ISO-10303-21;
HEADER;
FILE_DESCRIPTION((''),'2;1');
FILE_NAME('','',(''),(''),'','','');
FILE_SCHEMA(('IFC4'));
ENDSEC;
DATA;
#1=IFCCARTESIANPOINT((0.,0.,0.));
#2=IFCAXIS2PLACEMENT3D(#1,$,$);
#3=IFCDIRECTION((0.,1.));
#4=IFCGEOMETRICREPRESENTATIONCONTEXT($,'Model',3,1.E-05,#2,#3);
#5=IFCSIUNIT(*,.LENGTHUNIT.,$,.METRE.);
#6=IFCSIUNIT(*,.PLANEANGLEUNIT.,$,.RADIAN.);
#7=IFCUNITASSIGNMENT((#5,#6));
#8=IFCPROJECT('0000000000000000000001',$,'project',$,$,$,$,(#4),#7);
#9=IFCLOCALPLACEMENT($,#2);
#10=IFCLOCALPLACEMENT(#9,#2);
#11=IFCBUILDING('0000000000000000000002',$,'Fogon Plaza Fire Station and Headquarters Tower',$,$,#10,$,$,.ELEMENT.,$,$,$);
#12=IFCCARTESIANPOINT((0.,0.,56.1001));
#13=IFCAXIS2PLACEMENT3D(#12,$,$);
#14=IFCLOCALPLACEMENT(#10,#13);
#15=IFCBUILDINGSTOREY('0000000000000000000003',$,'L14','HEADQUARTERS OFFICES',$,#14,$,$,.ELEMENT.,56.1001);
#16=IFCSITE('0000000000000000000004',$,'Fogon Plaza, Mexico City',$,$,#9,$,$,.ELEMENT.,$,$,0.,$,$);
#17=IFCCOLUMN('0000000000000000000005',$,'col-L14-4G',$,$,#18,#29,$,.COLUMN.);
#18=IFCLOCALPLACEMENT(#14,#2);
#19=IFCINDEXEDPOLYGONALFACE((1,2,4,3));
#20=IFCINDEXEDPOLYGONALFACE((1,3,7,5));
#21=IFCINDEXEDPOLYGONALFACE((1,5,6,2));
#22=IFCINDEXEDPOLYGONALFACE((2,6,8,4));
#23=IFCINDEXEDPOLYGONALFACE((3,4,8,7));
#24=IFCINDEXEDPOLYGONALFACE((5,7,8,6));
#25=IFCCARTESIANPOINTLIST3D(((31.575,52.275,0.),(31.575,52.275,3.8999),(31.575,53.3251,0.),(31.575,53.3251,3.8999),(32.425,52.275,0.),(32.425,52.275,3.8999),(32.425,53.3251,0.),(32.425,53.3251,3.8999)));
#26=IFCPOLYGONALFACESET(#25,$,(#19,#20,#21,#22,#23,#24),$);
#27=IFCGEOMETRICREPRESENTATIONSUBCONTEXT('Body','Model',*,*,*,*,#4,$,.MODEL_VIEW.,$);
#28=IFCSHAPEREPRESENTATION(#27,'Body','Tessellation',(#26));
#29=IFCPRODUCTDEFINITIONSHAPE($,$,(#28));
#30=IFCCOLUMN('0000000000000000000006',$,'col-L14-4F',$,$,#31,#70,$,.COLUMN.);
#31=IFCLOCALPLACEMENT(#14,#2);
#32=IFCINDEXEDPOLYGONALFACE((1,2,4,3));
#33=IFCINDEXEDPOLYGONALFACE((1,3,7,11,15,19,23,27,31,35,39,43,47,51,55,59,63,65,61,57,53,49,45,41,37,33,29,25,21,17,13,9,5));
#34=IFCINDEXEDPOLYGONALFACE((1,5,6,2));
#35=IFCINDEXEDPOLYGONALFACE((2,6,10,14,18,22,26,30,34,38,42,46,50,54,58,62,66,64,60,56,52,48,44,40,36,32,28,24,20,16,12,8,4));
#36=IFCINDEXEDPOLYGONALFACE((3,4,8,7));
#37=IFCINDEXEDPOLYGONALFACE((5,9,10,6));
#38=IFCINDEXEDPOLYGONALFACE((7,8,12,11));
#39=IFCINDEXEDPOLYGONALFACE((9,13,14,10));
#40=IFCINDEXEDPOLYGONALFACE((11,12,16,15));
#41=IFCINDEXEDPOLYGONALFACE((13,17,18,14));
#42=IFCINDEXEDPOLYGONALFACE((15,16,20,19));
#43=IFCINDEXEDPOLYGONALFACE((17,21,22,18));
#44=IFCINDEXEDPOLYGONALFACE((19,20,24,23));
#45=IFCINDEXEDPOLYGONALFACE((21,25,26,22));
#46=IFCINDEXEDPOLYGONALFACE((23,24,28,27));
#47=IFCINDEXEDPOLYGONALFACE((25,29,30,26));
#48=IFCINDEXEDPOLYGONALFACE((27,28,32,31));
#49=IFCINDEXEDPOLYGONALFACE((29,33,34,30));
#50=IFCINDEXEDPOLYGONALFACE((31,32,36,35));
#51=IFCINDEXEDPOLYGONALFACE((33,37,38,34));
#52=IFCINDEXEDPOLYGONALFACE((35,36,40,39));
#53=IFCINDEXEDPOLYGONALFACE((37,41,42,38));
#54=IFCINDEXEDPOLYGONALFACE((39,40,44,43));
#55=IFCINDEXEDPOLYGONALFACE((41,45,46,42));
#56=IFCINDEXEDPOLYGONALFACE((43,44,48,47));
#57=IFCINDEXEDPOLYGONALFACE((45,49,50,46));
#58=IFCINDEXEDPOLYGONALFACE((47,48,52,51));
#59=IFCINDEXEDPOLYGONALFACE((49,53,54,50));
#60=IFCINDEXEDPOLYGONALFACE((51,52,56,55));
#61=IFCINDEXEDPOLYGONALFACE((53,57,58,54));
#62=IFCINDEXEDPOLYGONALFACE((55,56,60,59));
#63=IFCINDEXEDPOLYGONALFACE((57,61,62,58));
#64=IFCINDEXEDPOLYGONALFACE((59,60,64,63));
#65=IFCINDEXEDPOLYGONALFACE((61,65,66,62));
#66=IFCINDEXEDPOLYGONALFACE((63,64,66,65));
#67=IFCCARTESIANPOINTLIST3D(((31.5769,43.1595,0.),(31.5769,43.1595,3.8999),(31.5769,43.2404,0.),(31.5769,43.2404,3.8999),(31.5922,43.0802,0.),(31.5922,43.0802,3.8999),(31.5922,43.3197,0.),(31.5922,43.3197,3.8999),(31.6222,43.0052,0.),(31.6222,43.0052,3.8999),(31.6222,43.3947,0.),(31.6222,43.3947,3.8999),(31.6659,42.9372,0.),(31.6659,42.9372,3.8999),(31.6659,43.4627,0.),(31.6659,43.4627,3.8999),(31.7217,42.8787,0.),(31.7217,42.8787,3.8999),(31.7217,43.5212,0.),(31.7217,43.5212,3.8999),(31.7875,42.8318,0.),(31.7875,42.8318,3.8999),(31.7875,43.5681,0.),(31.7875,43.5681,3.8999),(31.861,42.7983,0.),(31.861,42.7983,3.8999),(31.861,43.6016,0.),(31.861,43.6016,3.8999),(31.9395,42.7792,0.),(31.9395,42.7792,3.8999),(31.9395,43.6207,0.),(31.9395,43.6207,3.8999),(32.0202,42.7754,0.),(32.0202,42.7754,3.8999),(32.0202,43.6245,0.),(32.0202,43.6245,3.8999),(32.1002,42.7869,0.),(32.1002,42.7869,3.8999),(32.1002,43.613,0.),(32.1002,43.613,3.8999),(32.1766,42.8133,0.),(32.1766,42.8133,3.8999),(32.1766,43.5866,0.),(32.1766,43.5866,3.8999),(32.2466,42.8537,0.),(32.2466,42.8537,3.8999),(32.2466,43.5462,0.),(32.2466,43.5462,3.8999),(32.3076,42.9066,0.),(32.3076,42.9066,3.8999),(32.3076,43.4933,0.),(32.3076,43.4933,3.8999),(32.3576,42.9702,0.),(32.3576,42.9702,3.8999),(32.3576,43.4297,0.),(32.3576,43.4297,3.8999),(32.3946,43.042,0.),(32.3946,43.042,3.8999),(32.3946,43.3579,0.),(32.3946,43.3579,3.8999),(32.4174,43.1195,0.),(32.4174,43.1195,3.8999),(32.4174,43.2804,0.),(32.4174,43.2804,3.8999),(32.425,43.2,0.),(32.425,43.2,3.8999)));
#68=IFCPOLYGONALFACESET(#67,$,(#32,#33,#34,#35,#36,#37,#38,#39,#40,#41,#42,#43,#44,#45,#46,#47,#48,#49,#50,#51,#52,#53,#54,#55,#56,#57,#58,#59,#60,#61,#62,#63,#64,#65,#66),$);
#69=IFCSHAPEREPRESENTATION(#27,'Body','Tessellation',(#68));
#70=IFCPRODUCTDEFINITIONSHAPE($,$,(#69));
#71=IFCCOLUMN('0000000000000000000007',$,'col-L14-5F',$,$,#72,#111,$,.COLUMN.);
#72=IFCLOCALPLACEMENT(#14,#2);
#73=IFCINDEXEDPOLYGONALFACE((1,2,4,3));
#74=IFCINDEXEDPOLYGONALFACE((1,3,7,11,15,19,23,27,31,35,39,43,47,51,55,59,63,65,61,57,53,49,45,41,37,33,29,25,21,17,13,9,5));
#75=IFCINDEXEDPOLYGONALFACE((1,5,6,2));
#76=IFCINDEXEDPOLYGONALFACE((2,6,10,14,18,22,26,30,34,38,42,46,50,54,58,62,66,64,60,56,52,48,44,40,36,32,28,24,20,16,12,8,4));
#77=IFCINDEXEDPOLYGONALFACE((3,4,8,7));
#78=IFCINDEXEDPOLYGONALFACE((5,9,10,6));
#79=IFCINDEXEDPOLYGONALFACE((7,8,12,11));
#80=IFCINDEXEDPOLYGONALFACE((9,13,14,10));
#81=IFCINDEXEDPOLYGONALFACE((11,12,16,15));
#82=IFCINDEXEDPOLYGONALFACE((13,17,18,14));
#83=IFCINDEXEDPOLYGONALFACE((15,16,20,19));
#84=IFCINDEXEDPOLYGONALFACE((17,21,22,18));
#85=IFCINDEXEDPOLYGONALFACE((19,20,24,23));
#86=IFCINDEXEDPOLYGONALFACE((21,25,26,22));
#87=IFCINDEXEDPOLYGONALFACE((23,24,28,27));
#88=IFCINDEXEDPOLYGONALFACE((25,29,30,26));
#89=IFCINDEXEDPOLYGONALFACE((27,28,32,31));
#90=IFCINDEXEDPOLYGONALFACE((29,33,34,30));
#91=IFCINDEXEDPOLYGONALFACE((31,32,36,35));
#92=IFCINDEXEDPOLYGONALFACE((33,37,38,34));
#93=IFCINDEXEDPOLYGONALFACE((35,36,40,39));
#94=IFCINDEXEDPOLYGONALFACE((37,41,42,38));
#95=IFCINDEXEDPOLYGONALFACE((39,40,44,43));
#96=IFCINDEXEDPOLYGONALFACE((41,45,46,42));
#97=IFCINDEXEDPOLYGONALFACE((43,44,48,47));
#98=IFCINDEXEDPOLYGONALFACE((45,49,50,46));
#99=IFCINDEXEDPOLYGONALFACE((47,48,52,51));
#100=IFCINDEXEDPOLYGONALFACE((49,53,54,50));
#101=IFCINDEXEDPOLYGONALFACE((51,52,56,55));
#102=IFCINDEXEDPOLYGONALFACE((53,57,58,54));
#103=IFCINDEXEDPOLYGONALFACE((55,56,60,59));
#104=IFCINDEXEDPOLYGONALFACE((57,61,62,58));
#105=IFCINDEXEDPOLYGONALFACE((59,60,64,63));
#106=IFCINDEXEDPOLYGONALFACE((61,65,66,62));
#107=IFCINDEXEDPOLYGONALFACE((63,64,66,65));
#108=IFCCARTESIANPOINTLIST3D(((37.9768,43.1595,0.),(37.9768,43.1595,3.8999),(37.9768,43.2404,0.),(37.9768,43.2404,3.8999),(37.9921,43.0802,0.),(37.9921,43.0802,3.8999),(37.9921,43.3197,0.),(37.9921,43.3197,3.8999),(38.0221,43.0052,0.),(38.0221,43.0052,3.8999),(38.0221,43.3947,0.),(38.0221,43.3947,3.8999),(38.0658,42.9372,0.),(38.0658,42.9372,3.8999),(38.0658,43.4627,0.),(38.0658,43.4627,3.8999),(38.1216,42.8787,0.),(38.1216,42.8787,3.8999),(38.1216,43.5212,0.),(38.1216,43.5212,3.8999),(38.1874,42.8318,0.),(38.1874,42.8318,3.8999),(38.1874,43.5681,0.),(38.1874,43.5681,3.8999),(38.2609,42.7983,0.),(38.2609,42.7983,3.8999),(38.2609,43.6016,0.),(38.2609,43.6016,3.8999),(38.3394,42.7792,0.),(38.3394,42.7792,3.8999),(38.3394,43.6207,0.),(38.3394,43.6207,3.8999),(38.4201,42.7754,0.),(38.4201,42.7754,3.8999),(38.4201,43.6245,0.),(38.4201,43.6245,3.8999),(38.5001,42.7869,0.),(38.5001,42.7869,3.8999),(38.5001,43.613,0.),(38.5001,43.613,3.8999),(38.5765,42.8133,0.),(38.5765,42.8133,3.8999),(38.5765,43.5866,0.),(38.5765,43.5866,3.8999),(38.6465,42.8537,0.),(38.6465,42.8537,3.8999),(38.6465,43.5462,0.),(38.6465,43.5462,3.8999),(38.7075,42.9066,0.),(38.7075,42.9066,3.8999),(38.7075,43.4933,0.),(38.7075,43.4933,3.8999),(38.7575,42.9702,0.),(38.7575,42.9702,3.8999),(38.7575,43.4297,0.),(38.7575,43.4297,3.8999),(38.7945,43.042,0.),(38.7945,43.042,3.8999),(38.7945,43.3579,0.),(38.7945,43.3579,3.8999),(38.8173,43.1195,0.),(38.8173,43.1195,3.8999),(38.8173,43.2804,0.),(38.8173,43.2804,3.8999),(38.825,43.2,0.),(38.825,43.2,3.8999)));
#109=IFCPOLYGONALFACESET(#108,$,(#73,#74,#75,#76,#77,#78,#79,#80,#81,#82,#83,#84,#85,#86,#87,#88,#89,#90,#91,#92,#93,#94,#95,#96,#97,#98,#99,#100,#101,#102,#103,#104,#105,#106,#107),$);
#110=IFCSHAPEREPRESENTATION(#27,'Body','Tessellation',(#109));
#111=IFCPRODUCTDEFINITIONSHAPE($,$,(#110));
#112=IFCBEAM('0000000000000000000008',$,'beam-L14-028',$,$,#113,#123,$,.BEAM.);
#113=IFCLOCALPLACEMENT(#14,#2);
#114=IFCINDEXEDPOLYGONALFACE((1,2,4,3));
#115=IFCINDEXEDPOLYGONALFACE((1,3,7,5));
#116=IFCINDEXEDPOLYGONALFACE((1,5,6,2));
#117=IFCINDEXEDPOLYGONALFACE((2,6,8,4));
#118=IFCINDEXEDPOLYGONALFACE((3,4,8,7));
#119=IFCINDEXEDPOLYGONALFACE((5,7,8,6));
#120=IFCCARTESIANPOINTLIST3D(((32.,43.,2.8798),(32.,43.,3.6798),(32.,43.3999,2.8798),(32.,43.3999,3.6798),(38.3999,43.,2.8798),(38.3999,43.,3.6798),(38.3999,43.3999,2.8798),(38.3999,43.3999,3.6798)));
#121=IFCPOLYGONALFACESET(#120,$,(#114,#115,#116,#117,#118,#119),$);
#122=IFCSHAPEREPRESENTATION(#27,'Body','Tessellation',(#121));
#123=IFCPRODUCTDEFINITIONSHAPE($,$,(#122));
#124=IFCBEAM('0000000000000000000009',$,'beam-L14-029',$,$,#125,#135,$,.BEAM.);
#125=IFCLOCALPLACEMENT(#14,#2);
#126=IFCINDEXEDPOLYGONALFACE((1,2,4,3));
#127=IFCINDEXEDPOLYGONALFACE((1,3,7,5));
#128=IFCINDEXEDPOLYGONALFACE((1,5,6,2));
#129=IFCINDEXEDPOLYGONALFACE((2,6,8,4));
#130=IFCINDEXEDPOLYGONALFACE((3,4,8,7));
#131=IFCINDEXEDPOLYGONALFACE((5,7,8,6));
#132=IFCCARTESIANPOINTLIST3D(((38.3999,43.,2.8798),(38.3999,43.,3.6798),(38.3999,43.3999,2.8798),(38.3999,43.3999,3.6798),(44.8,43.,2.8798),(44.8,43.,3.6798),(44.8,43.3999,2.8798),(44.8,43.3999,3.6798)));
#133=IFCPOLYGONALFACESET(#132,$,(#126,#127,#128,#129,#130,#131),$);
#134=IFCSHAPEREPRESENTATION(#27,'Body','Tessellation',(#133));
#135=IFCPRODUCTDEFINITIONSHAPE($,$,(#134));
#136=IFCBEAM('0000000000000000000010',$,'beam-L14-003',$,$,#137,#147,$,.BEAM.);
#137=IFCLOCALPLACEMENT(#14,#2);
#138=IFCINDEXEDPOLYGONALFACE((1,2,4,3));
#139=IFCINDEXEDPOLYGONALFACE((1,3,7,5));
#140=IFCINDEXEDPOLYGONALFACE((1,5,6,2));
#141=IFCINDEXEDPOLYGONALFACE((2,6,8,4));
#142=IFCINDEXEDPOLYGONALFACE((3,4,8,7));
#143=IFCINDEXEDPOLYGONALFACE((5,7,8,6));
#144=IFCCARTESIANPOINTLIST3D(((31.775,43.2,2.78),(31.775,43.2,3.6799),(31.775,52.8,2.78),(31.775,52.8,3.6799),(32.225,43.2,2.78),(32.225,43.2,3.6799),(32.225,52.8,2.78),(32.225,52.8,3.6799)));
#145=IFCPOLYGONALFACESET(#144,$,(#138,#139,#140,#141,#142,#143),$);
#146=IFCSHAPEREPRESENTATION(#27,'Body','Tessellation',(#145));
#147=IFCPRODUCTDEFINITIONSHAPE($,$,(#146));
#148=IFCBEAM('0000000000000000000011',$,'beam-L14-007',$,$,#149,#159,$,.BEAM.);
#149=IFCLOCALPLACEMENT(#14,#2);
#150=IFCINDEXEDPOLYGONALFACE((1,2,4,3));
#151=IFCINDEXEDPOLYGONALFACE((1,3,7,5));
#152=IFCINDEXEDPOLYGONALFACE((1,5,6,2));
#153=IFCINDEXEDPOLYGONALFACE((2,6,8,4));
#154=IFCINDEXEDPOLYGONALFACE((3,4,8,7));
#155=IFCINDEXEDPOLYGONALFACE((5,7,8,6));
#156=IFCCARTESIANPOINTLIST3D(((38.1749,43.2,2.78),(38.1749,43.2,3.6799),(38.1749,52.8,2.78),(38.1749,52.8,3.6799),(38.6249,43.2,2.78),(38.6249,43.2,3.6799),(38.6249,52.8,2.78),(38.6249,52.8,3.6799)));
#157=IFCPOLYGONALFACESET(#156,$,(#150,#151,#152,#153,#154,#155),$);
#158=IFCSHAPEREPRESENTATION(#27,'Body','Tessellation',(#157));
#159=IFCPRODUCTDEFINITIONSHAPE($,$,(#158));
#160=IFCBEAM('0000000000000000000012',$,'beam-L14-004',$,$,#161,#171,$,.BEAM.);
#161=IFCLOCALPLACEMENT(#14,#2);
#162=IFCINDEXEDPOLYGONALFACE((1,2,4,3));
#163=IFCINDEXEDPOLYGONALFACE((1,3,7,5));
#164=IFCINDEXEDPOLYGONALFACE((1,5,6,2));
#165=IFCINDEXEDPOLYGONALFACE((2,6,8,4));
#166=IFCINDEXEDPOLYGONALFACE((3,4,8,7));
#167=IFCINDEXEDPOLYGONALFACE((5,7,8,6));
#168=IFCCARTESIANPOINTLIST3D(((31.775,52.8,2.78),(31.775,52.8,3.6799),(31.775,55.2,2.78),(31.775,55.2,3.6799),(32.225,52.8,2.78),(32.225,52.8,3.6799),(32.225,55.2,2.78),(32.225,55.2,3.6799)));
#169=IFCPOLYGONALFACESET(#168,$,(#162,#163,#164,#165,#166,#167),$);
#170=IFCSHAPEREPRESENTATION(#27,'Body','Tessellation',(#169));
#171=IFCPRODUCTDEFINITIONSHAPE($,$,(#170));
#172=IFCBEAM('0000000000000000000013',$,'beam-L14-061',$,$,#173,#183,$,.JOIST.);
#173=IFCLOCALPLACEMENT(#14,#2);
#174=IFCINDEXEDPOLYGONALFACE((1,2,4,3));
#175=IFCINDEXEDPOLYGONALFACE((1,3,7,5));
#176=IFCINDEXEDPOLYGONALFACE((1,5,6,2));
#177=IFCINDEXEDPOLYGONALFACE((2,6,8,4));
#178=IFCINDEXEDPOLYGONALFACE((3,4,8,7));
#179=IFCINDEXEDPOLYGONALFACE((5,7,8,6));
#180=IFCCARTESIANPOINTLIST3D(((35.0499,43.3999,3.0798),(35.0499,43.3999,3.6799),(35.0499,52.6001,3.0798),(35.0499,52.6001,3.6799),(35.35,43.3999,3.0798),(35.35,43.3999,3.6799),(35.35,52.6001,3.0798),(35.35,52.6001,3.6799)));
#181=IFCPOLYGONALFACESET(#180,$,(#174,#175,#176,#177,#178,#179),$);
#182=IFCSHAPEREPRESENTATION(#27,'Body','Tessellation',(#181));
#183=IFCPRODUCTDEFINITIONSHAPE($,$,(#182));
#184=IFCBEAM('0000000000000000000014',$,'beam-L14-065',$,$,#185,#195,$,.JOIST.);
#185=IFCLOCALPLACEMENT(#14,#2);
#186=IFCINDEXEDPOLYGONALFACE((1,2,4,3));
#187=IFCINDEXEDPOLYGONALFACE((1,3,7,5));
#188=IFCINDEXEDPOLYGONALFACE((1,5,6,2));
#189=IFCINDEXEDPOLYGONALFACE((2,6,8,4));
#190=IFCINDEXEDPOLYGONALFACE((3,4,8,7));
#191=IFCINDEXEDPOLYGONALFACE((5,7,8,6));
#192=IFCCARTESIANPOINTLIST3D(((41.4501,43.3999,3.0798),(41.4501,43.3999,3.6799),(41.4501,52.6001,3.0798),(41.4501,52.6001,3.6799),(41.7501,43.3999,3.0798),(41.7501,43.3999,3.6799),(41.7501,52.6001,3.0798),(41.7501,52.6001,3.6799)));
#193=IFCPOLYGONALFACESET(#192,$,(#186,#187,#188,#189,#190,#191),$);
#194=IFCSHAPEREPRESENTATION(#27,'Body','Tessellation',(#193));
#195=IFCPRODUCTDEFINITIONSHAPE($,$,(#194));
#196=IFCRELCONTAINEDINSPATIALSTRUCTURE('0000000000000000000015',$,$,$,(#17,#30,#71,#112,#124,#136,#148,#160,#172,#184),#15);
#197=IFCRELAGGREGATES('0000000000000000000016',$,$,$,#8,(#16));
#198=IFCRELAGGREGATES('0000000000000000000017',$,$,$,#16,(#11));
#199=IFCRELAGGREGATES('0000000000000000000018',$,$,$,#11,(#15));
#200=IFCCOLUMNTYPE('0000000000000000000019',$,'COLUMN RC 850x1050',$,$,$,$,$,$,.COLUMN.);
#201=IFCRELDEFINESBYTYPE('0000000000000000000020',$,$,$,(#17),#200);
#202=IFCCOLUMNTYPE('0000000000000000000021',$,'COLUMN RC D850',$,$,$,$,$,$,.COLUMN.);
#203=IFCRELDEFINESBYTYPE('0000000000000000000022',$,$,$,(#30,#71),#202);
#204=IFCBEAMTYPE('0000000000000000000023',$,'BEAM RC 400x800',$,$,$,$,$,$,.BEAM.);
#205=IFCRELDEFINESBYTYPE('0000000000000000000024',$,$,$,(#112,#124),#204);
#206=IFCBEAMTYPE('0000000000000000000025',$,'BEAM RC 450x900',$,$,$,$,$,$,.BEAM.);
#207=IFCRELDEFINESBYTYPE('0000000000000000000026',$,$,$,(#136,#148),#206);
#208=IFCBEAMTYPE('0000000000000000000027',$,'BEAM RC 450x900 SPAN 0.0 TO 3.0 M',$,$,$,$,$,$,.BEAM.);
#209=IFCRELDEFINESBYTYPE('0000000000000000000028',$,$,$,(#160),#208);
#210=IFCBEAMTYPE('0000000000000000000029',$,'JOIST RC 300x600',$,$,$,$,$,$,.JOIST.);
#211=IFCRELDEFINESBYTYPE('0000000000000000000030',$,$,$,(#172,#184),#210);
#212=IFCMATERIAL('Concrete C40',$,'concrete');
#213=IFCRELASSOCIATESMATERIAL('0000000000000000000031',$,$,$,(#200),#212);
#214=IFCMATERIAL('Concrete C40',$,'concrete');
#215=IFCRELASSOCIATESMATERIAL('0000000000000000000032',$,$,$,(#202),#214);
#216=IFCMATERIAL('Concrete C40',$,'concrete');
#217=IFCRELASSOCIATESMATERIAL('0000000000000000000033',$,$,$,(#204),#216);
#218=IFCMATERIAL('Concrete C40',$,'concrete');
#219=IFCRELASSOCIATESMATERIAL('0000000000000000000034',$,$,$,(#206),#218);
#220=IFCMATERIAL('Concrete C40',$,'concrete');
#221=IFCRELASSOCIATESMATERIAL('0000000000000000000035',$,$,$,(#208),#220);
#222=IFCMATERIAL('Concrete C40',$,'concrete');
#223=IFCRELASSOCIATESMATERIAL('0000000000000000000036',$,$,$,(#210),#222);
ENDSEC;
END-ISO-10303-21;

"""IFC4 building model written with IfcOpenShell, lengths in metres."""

from ifc_helpers import new_model, si_unit, direction, frame, origin, origin_2d, place, context, subcontext, project, spatial, rectangle, circle, extrude, material, material_profile, profile_set, type_object, element, save


model = new_model("IFC4")

# Units and contexts
model_context = context("Model", 3, precision=1e-05, world=origin(), true_north=direction((0.0, 1.0)))
body_context = subcontext(model_context, "Body", "Model", "MODEL_VIEW")
ifc_project = project(units=[si_unit("LENGTHUNIT", "METRE"), si_unit("PLANEANGLEUNIT", "RADIAN")], contexts=[model_context])

# Site, building, storey
site_placement = place(None, origin())
site = spatial("IfcSite", under=ifc_project, at=site_placement, Name="Fogon Plaza, Mexico City", CompositionType="ELEMENT", RefElevation=0.0)
building_placement = place(site_placement, origin())
building = spatial("IfcBuilding", under=site, at=building_placement, Name="Fogon Plaza Fire Station and Headquarters Tower", CompositionType="ELEMENT")
storey_placement = place(building_placement, frame((0.0, 0.0, 56.1001)))
storey = spatial("IfcBuildingStorey", under=building, at=storey_placement, Name="L14", Description="HEADQUARTERS OFFICES", CompositionType="ELEMENT", Elevation=56.1001)

# Columns
ifc_material_1 = material(Name="Concrete C40", Category="concrete")
ifc_material_profile_1 = material_profile(ifc_material_1, rectangle(XDim=0.8501, YDim=1.05, at=origin_2d()), Name="RC 850x1050")
ifc_profile_set_1 = profile_set([ifc_material_profile_1], Name="Concrete C40")
column_type_1 = type_object("IfcColumnType", Name="COLUMN RC 850x1050", PredefinedType="COLUMN", material=ifc_profile_set_1)
column_placement = place(storey_placement, frame((32.0, 52.8, 0.0), z_axis=(0.0, 0.0, 1.0), x_axis=(1.0, 0.0, 0.0)))
element("IfcColumn", 1, at=column_placement, inside=storey, type_object=column_type_1, Name="col-L14-4G", PredefinedType="COLUMN", context=body_context, shape_type="SweptSolid", body=[
    extrude(rectangle(XDim=0.8501, YDim=1.05, at=origin_2d()), origin(), (0.0, 0.0, 1.0), 3.8999),
])
ifc_material_2 = material(Name="Concrete C40", Category="concrete")
ifc_material_profile_2 = material_profile(ifc_material_2, circle(Radius=0.425, at=origin_2d()), Name="RC D850")
ifc_profile_set_2 = profile_set([ifc_material_profile_2], Name="Concrete C40")
column_type_2 = type_object("IfcColumnType", Name="COLUMN RC D850", PredefinedType="COLUMN", material=ifc_profile_set_2)
for number, where, z_axis, x_axis, name in (
    (2, (32.0, 43.2, 0.0), (0.0, 0.0, 1.0), (1.0, 0.0, 0.0), "col-L14-4F"),
    (3, (38.3999, 43.2, 0.0), (0.0, 0.0, 1.0), (1.0, 0.0, 0.0), "col-L14-5F"),
):
    element("IfcColumn", number, at=place(storey_placement, frame(where, z_axis=z_axis, x_axis=x_axis)), inside=storey, type_object=column_type_2, Name=name, PredefinedType="COLUMN", context=body_context, shape_type="SweptSolid", body=[
        extrude(circle(Radius=0.425, at=origin_2d()), origin(), (0.0, 0.0, 1.0), 3.8999),
    ])

# Beams
ifc_material_3 = material(Name="Concrete C40", Category="concrete")
ifc_material_profile_3 = material_profile(ifc_material_3, rectangle(XDim=0.3999, YDim=0.8, at=origin_2d()), Name="RC 400x800")
ifc_profile_set_3 = profile_set([ifc_material_profile_3], Name="Concrete C40")
beam_type_1 = type_object("IfcBeamType", Name="BEAM RC 400x800", PredefinedType="BEAM", material=ifc_profile_set_3)
beam_1_placement = place(storey_placement, frame((32.0, 43.2, 3.2798), z_axis=(1.0, 0.0, 0.0), x_axis=(0.0, 1.0, 0.0)))
element("IfcBeam", 4, at=beam_1_placement, inside=storey, type_object=beam_type_1, Name="beam-L14-028", PredefinedType="BEAM", context=body_context, shape_type="SweptSolid", body=[
    extrude(rectangle(XDim=0.3999, YDim=0.8, at=origin_2d()), origin(), (0.0, 0.0, 1.0), 6.3999),
])
beam_2_placement = place(storey_placement, frame((38.3999, 43.2, 3.2798), z_axis=(1.0, 0.0, 0.0), x_axis=(0.0, 1.0, 0.0)))
element("IfcBeam", 5, at=beam_2_placement, inside=storey, type_object=beam_type_1, Name="beam-L14-029", PredefinedType="BEAM", context=body_context, shape_type="SweptSolid", body=[
    extrude(rectangle(XDim=0.3999, YDim=0.8, at=origin_2d()), origin(), (0.0, 0.0, 1.0), 6.4001),
])
ifc_material_4 = material(Name="Concrete C40", Category="concrete")
ifc_material_profile_4 = material_profile(ifc_material_4, rectangle(XDim=0.45, YDim=0.8999, at=origin_2d()), Name="RC 450x900")
ifc_profile_set_4 = profile_set([ifc_material_profile_4], Name="Concrete C40")
beam_type_2 = type_object("IfcBeamType", Name="BEAM RC 450x900", PredefinedType="BEAM", material=ifc_profile_set_4)
for number, where, z_axis, x_axis, name in (
    (6, (32.0, 43.2, 3.23), (0.0, 1.0, 0.0), (-1.0, 0.0, 0.0), "beam-L14-003"),
    (7, (38.3999, 43.2, 3.23), (0.0, 1.0, 0.0), (-1.0, 0.0, 0.0), "beam-L14-007"),
):
    element("IfcBeam", number, at=place(storey_placement, frame(where, z_axis=z_axis, x_axis=x_axis)), inside=storey, type_object=beam_type_2, Name=name, PredefinedType="BEAM", context=body_context, shape_type="SweptSolid", body=[
        extrude(rectangle(XDim=0.45, YDim=0.8999, at=origin_2d()), origin(), (0.0, 0.0, 1.0), 9.6001),
    ])
ifc_material_5 = material(Name="Concrete C40", Category="concrete")
ifc_material_profile_5 = material_profile(ifc_material_5, rectangle(XDim=0.45, YDim=0.8999, at=origin_2d()), Name="RC 450x900")
ifc_profile_set_5 = profile_set([ifc_material_profile_5], Name="Concrete C40")
beam_type_3 = type_object("IfcBeamType", Name="BEAM RC 450x900 SPAN 0.0 TO 3.0 M", PredefinedType="BEAM", material=ifc_profile_set_5)
beam_3_placement = place(storey_placement, frame((32.0, 52.8, 3.23), z_axis=(0.0, 1.0, 0.0), x_axis=(-1.0, 0.0, 0.0)))
element("IfcBeam", 8, at=beam_3_placement, inside=storey, type_object=beam_type_3, Name="beam-L14-004", PredefinedType="BEAM", context=body_context, shape_type="SweptSolid", body=[
    extrude(rectangle(XDim=0.45, YDim=0.8999, at=origin_2d()), origin(), (0.0, 0.0, 1.0), 2.3999),
])
ifc_material_6 = material(Name="Concrete C40", Category="concrete")
ifc_material_profile_6 = material_profile(ifc_material_6, rectangle(XDim=0.3, YDim=0.6001, at=origin_2d()), Name="RC 300x600")
ifc_profile_set_6 = profile_set([ifc_material_profile_6], Name="Concrete C40")
beam_type_4 = type_object("IfcBeamType", Name="JOIST RC 300x600", PredefinedType="JOIST", material=ifc_profile_set_6)
for number, where, z_axis, x_axis, name in (
    (9, (35.2, 43.3999, 3.3799), (0.0, 1.0, 0.0), (-1.0, 0.0, 0.0), "beam-L14-061"),
    (10, (41.6001, 43.3999, 3.3799), (0.0, 1.0, 0.0), (-1.0, 0.0, 0.0), "beam-L14-065"),
):
    element("IfcBeam", number, at=place(storey_placement, frame(where, z_axis=z_axis, x_axis=x_axis)), inside=storey, type_object=beam_type_4, Name=name, PredefinedType="JOIST", context=body_context, shape_type="SweptSolid", body=[
        extrude(rectangle(XDim=0.3, YDim=0.6001, at=origin_2d()), origin(), (0.0, 0.0, 1.0), 9.2002),
    ])

save(model, "model.ifc")
